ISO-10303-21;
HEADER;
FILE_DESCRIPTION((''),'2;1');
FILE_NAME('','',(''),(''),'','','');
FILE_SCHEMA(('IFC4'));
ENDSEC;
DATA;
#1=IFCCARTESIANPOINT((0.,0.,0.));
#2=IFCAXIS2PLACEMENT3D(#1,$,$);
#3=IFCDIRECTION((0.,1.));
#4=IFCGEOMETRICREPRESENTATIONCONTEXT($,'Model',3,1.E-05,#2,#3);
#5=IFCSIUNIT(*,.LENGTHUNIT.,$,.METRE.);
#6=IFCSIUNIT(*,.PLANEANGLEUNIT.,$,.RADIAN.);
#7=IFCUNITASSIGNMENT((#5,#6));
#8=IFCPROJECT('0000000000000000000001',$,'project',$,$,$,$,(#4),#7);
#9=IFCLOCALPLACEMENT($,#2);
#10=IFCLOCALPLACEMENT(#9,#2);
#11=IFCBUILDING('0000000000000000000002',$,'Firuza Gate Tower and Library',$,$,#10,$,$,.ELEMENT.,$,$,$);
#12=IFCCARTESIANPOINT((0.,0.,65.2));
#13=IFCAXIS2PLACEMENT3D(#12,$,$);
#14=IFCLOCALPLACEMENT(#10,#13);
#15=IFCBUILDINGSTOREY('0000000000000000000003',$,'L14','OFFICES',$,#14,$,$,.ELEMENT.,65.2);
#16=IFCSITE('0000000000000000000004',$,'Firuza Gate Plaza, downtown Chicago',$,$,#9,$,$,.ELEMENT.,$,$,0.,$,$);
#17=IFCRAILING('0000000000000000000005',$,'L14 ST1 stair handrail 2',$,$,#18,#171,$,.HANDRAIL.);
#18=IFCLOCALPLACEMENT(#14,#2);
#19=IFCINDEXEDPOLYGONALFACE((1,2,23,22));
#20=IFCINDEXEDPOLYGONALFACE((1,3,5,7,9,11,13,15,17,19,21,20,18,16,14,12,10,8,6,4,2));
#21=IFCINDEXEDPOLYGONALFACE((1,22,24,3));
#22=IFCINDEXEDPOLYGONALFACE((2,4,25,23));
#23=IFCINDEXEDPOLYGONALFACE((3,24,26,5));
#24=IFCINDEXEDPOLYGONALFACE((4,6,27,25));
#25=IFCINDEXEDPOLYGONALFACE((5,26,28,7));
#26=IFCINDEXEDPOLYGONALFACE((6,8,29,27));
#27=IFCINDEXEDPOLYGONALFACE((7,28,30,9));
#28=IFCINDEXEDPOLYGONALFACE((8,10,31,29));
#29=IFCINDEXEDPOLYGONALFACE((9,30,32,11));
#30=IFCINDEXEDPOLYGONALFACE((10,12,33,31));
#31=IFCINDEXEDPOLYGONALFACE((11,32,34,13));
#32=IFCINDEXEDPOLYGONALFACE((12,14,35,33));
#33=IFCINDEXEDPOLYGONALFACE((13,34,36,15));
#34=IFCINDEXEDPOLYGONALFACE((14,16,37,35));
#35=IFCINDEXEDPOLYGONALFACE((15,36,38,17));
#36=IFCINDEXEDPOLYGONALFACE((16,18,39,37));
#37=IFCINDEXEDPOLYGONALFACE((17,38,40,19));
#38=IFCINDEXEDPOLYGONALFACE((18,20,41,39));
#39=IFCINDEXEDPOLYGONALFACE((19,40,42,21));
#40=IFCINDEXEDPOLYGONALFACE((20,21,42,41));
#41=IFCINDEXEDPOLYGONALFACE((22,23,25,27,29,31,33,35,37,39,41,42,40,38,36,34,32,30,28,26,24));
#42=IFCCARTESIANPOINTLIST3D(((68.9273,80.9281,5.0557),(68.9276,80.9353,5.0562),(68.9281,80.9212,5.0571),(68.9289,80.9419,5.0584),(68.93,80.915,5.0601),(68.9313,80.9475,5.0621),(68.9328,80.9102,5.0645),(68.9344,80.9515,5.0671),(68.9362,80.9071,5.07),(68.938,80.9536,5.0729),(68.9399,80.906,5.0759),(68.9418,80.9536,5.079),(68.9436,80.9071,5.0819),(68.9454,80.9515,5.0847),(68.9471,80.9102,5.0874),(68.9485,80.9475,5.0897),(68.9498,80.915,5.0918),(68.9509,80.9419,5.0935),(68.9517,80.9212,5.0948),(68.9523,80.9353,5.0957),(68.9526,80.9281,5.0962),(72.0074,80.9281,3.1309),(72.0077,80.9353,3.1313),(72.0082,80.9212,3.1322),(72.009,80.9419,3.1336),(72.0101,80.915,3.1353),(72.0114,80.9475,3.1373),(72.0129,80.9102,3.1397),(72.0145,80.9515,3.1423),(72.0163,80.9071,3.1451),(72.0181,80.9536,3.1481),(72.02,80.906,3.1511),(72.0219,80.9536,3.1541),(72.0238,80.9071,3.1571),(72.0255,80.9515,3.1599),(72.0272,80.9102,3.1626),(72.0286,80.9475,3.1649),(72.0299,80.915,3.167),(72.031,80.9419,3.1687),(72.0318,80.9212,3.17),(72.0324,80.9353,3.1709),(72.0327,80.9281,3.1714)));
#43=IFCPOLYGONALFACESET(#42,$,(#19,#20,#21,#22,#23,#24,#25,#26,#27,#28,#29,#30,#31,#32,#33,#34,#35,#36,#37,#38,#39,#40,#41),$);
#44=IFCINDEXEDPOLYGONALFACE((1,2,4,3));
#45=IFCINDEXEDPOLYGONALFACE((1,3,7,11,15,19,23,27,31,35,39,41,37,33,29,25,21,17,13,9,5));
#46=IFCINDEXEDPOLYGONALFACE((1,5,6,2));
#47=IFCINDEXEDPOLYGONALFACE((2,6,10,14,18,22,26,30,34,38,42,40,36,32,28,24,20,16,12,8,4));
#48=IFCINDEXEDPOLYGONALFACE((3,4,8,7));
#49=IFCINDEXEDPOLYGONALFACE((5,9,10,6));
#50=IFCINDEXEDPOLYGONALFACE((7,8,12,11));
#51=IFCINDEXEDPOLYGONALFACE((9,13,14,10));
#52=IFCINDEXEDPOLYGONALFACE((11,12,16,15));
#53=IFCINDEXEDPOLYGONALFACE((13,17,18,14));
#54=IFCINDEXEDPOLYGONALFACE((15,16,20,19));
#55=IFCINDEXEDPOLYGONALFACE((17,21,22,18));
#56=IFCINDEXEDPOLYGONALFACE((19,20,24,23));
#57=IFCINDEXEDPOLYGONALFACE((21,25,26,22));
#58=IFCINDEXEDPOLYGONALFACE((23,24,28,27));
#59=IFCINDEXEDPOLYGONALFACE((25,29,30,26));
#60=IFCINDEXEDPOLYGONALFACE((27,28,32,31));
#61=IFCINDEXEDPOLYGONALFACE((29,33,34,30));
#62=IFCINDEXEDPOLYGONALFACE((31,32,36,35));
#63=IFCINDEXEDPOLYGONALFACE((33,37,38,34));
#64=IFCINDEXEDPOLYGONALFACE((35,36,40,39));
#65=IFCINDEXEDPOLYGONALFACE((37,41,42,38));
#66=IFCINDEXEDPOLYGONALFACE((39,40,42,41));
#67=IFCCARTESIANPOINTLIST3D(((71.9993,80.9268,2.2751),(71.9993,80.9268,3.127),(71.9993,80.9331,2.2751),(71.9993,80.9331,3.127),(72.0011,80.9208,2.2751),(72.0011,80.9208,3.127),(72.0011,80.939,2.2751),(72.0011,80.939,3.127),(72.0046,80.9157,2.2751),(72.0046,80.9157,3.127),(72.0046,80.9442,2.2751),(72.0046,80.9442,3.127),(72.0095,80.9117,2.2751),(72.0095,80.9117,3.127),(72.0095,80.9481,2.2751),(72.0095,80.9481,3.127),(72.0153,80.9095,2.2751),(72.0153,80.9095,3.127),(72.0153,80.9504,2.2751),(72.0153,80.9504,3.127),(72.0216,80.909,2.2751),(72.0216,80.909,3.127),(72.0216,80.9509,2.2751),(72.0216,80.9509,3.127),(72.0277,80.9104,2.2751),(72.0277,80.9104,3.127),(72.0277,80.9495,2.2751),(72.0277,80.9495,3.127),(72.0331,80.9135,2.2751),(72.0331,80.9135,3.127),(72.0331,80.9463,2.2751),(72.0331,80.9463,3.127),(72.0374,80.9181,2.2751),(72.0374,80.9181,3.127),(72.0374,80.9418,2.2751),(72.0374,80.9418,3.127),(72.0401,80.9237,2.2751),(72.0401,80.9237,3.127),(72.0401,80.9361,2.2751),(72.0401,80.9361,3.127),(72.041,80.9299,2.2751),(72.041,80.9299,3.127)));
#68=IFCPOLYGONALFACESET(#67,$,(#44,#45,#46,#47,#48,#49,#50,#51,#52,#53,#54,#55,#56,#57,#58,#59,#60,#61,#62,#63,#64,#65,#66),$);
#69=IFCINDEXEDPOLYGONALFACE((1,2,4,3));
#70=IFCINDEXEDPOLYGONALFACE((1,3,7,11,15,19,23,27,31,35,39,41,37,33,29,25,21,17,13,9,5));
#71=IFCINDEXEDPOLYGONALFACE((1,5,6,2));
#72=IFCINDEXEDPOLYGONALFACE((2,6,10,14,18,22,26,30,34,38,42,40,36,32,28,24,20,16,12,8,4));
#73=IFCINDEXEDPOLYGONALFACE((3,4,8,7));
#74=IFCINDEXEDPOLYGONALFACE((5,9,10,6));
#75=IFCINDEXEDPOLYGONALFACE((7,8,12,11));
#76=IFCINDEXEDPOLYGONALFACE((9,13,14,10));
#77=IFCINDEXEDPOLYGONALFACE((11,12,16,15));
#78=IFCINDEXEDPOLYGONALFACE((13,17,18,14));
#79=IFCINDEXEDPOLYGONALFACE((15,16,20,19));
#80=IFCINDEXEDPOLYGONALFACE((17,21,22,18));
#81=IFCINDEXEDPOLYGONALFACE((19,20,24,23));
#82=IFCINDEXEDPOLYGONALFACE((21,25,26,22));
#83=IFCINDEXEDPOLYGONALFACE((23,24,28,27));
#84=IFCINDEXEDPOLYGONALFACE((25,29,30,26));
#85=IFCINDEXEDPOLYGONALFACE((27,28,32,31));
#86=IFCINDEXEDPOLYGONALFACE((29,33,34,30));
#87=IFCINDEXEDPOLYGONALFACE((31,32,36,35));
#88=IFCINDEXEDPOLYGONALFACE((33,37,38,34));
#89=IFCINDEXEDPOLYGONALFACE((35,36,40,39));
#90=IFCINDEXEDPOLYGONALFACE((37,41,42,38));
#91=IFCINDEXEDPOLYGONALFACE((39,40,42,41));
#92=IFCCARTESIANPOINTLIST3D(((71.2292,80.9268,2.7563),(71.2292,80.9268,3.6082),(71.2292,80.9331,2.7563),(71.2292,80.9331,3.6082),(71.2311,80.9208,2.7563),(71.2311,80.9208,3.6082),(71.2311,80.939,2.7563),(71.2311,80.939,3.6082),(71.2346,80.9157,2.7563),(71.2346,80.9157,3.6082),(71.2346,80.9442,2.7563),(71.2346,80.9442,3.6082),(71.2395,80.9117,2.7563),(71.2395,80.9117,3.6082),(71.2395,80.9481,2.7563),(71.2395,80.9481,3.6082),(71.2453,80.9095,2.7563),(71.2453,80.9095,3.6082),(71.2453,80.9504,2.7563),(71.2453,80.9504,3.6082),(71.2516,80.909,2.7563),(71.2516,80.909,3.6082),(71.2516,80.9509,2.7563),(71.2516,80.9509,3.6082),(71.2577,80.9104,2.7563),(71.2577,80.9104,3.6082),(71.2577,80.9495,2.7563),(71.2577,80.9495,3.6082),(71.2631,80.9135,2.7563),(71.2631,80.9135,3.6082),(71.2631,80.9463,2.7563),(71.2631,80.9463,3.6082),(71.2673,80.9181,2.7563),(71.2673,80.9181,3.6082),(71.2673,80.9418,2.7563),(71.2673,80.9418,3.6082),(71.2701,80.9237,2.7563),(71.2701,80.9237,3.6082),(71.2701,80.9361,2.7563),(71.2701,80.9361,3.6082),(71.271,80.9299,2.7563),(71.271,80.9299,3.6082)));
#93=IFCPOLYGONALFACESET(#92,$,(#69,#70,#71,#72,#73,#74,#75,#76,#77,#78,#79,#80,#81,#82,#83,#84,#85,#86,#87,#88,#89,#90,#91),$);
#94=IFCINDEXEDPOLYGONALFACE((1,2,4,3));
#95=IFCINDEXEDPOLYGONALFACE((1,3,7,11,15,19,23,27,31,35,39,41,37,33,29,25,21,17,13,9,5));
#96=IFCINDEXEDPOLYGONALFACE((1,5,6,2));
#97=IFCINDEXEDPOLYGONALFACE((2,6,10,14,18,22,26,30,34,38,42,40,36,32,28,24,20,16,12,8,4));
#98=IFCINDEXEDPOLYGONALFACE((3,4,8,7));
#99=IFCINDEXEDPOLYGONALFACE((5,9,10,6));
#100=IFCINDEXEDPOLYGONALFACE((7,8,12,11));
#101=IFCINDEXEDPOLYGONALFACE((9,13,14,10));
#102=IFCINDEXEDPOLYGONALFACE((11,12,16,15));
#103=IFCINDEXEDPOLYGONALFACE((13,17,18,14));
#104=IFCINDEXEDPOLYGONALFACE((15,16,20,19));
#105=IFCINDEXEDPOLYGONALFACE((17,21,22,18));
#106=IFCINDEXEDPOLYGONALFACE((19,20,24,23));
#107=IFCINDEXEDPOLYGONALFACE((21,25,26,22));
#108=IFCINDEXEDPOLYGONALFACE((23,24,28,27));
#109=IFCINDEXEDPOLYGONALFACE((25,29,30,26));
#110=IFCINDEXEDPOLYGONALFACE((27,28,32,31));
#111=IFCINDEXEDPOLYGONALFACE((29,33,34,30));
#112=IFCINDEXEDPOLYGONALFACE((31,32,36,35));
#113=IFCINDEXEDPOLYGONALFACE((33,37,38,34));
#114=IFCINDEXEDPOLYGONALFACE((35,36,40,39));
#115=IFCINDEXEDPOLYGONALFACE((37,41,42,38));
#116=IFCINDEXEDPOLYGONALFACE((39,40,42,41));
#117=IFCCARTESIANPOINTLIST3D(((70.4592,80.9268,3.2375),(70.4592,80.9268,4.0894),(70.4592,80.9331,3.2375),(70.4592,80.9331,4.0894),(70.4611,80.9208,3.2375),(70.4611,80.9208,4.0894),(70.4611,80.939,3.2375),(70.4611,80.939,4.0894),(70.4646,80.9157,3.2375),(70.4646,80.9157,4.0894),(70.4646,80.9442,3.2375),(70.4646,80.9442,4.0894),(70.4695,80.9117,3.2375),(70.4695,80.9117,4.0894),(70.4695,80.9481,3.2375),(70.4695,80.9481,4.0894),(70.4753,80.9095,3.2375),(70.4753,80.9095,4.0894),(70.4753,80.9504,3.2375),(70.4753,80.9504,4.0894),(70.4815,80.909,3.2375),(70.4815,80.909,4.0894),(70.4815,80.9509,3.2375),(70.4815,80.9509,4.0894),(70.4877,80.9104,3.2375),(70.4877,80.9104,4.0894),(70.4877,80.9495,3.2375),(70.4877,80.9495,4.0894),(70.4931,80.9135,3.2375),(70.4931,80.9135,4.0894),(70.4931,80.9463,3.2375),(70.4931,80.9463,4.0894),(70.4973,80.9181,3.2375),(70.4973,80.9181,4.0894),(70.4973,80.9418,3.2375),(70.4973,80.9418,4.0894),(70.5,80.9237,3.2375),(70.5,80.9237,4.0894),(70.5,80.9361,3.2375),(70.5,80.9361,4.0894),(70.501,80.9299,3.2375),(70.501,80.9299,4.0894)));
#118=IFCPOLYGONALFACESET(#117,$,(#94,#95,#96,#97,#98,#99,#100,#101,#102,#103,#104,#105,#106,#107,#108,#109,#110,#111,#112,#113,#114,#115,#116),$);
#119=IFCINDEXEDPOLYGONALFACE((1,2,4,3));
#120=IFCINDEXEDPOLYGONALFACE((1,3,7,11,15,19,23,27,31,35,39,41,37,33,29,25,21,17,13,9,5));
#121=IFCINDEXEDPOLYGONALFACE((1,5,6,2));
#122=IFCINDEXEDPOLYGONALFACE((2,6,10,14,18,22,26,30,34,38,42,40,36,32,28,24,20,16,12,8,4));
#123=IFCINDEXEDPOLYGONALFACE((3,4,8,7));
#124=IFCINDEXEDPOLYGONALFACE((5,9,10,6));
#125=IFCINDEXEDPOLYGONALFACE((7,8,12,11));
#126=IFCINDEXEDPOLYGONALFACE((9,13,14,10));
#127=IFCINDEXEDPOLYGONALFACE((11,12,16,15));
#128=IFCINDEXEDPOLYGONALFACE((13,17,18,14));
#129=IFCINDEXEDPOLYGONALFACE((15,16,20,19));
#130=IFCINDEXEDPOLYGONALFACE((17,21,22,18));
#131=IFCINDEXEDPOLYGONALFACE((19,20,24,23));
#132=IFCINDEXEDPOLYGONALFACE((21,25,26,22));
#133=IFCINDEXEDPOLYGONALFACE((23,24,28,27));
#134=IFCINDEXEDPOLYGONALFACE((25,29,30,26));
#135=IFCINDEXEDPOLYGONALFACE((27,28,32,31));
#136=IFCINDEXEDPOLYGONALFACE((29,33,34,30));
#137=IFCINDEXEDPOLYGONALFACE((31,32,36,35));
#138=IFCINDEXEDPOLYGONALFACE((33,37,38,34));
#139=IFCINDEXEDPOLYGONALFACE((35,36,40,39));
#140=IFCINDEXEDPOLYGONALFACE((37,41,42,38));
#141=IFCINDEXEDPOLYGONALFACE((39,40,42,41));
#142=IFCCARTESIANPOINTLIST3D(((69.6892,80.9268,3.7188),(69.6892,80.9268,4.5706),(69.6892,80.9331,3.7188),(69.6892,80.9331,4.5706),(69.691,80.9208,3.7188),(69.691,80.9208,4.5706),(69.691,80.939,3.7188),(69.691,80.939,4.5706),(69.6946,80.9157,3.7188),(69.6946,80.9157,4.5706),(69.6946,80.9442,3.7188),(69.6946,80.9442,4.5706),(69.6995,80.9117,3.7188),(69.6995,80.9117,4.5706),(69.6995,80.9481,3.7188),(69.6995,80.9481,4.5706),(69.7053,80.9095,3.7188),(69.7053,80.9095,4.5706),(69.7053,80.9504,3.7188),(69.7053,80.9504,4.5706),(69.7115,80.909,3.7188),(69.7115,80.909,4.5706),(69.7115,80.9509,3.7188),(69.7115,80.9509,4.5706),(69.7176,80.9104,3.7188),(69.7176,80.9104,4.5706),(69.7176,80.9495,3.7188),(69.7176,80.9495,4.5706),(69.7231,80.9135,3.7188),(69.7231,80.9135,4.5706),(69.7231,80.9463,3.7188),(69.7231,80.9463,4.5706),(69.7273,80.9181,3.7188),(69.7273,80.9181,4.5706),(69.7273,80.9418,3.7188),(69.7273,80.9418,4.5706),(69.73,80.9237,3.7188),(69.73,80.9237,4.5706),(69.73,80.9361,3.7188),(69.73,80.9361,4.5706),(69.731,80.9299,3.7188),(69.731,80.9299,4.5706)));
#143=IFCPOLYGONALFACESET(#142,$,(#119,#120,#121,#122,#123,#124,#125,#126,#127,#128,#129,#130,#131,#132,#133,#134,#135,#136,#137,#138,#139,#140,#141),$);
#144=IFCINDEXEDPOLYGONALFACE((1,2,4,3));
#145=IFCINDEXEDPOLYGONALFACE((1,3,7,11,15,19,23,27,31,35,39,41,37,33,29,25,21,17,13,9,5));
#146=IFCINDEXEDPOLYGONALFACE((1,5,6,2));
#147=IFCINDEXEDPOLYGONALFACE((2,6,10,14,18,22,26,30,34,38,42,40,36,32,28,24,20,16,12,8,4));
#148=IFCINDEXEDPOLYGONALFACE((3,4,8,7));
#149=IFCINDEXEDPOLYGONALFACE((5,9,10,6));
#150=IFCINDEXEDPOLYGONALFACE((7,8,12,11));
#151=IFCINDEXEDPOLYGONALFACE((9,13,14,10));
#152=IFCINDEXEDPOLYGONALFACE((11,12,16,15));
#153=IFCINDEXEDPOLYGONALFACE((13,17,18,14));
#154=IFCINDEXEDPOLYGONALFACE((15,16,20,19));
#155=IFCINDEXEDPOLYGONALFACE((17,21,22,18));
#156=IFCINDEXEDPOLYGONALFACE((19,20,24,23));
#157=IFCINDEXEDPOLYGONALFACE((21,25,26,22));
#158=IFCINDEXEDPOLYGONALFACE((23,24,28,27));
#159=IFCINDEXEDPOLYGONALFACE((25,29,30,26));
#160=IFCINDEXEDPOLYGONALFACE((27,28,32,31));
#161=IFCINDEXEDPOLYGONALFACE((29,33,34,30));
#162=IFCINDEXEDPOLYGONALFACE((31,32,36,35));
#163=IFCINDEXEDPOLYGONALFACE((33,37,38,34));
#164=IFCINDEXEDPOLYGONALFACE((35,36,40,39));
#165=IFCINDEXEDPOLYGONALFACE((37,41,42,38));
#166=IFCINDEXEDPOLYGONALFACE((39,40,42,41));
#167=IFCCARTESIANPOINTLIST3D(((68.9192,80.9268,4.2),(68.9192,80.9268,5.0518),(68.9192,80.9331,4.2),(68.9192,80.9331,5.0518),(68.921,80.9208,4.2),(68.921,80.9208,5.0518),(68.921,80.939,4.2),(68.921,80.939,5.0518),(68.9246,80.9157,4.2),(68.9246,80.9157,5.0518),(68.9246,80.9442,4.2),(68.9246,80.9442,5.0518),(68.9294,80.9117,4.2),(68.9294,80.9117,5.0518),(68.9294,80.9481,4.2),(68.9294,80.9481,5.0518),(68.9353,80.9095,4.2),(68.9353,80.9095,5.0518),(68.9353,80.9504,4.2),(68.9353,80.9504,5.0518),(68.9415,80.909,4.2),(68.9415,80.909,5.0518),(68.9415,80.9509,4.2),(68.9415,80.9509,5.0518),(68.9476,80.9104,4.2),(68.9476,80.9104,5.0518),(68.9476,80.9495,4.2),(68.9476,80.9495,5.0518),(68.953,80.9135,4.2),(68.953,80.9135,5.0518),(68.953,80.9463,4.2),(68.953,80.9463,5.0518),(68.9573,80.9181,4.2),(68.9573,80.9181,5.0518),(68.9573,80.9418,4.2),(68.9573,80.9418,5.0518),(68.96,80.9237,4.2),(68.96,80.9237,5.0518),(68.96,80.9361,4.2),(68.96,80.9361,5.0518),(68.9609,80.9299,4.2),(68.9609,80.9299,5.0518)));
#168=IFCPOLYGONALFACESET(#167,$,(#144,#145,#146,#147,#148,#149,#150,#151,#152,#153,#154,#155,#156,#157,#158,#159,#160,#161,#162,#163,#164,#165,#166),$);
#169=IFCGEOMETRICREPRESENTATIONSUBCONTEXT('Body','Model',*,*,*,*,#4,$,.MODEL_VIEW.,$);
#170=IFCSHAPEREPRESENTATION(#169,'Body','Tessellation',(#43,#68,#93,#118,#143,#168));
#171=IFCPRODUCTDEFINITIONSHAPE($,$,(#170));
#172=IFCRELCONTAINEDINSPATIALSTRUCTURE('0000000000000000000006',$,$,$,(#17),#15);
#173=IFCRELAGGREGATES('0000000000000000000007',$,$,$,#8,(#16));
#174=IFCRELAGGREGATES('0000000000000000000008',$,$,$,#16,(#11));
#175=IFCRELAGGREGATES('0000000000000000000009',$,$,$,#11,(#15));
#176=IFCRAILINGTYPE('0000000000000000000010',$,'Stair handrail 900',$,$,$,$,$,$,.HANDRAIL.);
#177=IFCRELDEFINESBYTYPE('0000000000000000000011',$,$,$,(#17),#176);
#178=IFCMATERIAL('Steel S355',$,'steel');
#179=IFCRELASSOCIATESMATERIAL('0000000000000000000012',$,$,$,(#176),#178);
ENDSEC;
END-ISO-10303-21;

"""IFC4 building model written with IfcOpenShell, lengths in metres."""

from ifc_helpers import new_model, si_unit, direction, frame, origin, origin_2d, place, context, subcontext, project, spatial, circle, extrude, material, type_object, element, save


model = new_model("IFC4")

# Units and contexts
model_context = context("Model", 3, precision=1e-05, world=origin(), true_north=direction((0.0, 1.0)))
body_context = subcontext(model_context, "Body", "Model", "MODEL_VIEW")
ifc_project = project(units=[si_unit("LENGTHUNIT", "METRE"), si_unit("PLANEANGLEUNIT", "RADIAN")], contexts=[model_context])

# Site, building, storey
site_placement = place(None, origin())
site = spatial("IfcSite", under=ifc_project, at=site_placement, Name="Firuza Gate Plaza, downtown Chicago", CompositionType="ELEMENT", RefElevation=0.0)
building_placement = place(site_placement, origin())
building = spatial("IfcBuilding", under=site, at=building_placement, Name="Firuza Gate Tower and Library", CompositionType="ELEMENT")
storey_placement = place(building_placement, frame((0.0, 0.0, 65.2)))
storey = spatial("IfcBuildingStorey", under=building, at=storey_placement, Name="L14", Description="OFFICES", CompositionType="ELEMENT", Elevation=65.2)

# Railing
ifc_material_1 = material(Name="Steel S355", Category="steel")
railing_type_1 = type_object("IfcRailingType", Name="Stair handrail 900", PredefinedType="HANDRAIL", material=ifc_material_1)
railing_1_placement = place(storey_placement, frame((72.02, 80.9299, 2.2751)))
element("IfcRailing", 1, at=railing_1_placement, inside=storey, type_object=railing_type_1, Name="L14 ST1 stair handrail 2", PredefinedType="HANDRAIL", context=body_context, shape_type="SweptSolid", body=[
    extrude(circle(Radius=0.0239, at=origin_2d()), frame((0.0, 0.0, 0.876), z_axis=(-0.848029, 0.0, 0.529951), x_axis=(0.0, -1.0, 0.0)), (0.0, 0.0, 1.0), 3.6321),
    extrude(circle(Radius=0.021, at=origin_2d()), origin(), (0.0, 0.0, 1.0), 0.8518),
    extrude(circle(Radius=0.021, at=origin_2d()), frame((-0.77, 0.0, 0.4812)), (0.0, 0.0, 1.0), 0.8518),
    extrude(circle(Radius=0.021, at=origin_2d()), frame((-1.54, 0.0, 0.9624)), (0.0, 0.0, 1.0), 0.8518),
    extrude(circle(Radius=0.021, at=origin_2d()), frame((-2.3101, 0.0, 1.4436)), (0.0, 0.0, 1.0), 0.8518),
    extrude(circle(Radius=0.021, at=origin_2d()), frame((-3.0801, 0.0, 1.9248)), (0.0, 0.0, 1.0), 0.8518),
])

save(model, "model.ifc")
